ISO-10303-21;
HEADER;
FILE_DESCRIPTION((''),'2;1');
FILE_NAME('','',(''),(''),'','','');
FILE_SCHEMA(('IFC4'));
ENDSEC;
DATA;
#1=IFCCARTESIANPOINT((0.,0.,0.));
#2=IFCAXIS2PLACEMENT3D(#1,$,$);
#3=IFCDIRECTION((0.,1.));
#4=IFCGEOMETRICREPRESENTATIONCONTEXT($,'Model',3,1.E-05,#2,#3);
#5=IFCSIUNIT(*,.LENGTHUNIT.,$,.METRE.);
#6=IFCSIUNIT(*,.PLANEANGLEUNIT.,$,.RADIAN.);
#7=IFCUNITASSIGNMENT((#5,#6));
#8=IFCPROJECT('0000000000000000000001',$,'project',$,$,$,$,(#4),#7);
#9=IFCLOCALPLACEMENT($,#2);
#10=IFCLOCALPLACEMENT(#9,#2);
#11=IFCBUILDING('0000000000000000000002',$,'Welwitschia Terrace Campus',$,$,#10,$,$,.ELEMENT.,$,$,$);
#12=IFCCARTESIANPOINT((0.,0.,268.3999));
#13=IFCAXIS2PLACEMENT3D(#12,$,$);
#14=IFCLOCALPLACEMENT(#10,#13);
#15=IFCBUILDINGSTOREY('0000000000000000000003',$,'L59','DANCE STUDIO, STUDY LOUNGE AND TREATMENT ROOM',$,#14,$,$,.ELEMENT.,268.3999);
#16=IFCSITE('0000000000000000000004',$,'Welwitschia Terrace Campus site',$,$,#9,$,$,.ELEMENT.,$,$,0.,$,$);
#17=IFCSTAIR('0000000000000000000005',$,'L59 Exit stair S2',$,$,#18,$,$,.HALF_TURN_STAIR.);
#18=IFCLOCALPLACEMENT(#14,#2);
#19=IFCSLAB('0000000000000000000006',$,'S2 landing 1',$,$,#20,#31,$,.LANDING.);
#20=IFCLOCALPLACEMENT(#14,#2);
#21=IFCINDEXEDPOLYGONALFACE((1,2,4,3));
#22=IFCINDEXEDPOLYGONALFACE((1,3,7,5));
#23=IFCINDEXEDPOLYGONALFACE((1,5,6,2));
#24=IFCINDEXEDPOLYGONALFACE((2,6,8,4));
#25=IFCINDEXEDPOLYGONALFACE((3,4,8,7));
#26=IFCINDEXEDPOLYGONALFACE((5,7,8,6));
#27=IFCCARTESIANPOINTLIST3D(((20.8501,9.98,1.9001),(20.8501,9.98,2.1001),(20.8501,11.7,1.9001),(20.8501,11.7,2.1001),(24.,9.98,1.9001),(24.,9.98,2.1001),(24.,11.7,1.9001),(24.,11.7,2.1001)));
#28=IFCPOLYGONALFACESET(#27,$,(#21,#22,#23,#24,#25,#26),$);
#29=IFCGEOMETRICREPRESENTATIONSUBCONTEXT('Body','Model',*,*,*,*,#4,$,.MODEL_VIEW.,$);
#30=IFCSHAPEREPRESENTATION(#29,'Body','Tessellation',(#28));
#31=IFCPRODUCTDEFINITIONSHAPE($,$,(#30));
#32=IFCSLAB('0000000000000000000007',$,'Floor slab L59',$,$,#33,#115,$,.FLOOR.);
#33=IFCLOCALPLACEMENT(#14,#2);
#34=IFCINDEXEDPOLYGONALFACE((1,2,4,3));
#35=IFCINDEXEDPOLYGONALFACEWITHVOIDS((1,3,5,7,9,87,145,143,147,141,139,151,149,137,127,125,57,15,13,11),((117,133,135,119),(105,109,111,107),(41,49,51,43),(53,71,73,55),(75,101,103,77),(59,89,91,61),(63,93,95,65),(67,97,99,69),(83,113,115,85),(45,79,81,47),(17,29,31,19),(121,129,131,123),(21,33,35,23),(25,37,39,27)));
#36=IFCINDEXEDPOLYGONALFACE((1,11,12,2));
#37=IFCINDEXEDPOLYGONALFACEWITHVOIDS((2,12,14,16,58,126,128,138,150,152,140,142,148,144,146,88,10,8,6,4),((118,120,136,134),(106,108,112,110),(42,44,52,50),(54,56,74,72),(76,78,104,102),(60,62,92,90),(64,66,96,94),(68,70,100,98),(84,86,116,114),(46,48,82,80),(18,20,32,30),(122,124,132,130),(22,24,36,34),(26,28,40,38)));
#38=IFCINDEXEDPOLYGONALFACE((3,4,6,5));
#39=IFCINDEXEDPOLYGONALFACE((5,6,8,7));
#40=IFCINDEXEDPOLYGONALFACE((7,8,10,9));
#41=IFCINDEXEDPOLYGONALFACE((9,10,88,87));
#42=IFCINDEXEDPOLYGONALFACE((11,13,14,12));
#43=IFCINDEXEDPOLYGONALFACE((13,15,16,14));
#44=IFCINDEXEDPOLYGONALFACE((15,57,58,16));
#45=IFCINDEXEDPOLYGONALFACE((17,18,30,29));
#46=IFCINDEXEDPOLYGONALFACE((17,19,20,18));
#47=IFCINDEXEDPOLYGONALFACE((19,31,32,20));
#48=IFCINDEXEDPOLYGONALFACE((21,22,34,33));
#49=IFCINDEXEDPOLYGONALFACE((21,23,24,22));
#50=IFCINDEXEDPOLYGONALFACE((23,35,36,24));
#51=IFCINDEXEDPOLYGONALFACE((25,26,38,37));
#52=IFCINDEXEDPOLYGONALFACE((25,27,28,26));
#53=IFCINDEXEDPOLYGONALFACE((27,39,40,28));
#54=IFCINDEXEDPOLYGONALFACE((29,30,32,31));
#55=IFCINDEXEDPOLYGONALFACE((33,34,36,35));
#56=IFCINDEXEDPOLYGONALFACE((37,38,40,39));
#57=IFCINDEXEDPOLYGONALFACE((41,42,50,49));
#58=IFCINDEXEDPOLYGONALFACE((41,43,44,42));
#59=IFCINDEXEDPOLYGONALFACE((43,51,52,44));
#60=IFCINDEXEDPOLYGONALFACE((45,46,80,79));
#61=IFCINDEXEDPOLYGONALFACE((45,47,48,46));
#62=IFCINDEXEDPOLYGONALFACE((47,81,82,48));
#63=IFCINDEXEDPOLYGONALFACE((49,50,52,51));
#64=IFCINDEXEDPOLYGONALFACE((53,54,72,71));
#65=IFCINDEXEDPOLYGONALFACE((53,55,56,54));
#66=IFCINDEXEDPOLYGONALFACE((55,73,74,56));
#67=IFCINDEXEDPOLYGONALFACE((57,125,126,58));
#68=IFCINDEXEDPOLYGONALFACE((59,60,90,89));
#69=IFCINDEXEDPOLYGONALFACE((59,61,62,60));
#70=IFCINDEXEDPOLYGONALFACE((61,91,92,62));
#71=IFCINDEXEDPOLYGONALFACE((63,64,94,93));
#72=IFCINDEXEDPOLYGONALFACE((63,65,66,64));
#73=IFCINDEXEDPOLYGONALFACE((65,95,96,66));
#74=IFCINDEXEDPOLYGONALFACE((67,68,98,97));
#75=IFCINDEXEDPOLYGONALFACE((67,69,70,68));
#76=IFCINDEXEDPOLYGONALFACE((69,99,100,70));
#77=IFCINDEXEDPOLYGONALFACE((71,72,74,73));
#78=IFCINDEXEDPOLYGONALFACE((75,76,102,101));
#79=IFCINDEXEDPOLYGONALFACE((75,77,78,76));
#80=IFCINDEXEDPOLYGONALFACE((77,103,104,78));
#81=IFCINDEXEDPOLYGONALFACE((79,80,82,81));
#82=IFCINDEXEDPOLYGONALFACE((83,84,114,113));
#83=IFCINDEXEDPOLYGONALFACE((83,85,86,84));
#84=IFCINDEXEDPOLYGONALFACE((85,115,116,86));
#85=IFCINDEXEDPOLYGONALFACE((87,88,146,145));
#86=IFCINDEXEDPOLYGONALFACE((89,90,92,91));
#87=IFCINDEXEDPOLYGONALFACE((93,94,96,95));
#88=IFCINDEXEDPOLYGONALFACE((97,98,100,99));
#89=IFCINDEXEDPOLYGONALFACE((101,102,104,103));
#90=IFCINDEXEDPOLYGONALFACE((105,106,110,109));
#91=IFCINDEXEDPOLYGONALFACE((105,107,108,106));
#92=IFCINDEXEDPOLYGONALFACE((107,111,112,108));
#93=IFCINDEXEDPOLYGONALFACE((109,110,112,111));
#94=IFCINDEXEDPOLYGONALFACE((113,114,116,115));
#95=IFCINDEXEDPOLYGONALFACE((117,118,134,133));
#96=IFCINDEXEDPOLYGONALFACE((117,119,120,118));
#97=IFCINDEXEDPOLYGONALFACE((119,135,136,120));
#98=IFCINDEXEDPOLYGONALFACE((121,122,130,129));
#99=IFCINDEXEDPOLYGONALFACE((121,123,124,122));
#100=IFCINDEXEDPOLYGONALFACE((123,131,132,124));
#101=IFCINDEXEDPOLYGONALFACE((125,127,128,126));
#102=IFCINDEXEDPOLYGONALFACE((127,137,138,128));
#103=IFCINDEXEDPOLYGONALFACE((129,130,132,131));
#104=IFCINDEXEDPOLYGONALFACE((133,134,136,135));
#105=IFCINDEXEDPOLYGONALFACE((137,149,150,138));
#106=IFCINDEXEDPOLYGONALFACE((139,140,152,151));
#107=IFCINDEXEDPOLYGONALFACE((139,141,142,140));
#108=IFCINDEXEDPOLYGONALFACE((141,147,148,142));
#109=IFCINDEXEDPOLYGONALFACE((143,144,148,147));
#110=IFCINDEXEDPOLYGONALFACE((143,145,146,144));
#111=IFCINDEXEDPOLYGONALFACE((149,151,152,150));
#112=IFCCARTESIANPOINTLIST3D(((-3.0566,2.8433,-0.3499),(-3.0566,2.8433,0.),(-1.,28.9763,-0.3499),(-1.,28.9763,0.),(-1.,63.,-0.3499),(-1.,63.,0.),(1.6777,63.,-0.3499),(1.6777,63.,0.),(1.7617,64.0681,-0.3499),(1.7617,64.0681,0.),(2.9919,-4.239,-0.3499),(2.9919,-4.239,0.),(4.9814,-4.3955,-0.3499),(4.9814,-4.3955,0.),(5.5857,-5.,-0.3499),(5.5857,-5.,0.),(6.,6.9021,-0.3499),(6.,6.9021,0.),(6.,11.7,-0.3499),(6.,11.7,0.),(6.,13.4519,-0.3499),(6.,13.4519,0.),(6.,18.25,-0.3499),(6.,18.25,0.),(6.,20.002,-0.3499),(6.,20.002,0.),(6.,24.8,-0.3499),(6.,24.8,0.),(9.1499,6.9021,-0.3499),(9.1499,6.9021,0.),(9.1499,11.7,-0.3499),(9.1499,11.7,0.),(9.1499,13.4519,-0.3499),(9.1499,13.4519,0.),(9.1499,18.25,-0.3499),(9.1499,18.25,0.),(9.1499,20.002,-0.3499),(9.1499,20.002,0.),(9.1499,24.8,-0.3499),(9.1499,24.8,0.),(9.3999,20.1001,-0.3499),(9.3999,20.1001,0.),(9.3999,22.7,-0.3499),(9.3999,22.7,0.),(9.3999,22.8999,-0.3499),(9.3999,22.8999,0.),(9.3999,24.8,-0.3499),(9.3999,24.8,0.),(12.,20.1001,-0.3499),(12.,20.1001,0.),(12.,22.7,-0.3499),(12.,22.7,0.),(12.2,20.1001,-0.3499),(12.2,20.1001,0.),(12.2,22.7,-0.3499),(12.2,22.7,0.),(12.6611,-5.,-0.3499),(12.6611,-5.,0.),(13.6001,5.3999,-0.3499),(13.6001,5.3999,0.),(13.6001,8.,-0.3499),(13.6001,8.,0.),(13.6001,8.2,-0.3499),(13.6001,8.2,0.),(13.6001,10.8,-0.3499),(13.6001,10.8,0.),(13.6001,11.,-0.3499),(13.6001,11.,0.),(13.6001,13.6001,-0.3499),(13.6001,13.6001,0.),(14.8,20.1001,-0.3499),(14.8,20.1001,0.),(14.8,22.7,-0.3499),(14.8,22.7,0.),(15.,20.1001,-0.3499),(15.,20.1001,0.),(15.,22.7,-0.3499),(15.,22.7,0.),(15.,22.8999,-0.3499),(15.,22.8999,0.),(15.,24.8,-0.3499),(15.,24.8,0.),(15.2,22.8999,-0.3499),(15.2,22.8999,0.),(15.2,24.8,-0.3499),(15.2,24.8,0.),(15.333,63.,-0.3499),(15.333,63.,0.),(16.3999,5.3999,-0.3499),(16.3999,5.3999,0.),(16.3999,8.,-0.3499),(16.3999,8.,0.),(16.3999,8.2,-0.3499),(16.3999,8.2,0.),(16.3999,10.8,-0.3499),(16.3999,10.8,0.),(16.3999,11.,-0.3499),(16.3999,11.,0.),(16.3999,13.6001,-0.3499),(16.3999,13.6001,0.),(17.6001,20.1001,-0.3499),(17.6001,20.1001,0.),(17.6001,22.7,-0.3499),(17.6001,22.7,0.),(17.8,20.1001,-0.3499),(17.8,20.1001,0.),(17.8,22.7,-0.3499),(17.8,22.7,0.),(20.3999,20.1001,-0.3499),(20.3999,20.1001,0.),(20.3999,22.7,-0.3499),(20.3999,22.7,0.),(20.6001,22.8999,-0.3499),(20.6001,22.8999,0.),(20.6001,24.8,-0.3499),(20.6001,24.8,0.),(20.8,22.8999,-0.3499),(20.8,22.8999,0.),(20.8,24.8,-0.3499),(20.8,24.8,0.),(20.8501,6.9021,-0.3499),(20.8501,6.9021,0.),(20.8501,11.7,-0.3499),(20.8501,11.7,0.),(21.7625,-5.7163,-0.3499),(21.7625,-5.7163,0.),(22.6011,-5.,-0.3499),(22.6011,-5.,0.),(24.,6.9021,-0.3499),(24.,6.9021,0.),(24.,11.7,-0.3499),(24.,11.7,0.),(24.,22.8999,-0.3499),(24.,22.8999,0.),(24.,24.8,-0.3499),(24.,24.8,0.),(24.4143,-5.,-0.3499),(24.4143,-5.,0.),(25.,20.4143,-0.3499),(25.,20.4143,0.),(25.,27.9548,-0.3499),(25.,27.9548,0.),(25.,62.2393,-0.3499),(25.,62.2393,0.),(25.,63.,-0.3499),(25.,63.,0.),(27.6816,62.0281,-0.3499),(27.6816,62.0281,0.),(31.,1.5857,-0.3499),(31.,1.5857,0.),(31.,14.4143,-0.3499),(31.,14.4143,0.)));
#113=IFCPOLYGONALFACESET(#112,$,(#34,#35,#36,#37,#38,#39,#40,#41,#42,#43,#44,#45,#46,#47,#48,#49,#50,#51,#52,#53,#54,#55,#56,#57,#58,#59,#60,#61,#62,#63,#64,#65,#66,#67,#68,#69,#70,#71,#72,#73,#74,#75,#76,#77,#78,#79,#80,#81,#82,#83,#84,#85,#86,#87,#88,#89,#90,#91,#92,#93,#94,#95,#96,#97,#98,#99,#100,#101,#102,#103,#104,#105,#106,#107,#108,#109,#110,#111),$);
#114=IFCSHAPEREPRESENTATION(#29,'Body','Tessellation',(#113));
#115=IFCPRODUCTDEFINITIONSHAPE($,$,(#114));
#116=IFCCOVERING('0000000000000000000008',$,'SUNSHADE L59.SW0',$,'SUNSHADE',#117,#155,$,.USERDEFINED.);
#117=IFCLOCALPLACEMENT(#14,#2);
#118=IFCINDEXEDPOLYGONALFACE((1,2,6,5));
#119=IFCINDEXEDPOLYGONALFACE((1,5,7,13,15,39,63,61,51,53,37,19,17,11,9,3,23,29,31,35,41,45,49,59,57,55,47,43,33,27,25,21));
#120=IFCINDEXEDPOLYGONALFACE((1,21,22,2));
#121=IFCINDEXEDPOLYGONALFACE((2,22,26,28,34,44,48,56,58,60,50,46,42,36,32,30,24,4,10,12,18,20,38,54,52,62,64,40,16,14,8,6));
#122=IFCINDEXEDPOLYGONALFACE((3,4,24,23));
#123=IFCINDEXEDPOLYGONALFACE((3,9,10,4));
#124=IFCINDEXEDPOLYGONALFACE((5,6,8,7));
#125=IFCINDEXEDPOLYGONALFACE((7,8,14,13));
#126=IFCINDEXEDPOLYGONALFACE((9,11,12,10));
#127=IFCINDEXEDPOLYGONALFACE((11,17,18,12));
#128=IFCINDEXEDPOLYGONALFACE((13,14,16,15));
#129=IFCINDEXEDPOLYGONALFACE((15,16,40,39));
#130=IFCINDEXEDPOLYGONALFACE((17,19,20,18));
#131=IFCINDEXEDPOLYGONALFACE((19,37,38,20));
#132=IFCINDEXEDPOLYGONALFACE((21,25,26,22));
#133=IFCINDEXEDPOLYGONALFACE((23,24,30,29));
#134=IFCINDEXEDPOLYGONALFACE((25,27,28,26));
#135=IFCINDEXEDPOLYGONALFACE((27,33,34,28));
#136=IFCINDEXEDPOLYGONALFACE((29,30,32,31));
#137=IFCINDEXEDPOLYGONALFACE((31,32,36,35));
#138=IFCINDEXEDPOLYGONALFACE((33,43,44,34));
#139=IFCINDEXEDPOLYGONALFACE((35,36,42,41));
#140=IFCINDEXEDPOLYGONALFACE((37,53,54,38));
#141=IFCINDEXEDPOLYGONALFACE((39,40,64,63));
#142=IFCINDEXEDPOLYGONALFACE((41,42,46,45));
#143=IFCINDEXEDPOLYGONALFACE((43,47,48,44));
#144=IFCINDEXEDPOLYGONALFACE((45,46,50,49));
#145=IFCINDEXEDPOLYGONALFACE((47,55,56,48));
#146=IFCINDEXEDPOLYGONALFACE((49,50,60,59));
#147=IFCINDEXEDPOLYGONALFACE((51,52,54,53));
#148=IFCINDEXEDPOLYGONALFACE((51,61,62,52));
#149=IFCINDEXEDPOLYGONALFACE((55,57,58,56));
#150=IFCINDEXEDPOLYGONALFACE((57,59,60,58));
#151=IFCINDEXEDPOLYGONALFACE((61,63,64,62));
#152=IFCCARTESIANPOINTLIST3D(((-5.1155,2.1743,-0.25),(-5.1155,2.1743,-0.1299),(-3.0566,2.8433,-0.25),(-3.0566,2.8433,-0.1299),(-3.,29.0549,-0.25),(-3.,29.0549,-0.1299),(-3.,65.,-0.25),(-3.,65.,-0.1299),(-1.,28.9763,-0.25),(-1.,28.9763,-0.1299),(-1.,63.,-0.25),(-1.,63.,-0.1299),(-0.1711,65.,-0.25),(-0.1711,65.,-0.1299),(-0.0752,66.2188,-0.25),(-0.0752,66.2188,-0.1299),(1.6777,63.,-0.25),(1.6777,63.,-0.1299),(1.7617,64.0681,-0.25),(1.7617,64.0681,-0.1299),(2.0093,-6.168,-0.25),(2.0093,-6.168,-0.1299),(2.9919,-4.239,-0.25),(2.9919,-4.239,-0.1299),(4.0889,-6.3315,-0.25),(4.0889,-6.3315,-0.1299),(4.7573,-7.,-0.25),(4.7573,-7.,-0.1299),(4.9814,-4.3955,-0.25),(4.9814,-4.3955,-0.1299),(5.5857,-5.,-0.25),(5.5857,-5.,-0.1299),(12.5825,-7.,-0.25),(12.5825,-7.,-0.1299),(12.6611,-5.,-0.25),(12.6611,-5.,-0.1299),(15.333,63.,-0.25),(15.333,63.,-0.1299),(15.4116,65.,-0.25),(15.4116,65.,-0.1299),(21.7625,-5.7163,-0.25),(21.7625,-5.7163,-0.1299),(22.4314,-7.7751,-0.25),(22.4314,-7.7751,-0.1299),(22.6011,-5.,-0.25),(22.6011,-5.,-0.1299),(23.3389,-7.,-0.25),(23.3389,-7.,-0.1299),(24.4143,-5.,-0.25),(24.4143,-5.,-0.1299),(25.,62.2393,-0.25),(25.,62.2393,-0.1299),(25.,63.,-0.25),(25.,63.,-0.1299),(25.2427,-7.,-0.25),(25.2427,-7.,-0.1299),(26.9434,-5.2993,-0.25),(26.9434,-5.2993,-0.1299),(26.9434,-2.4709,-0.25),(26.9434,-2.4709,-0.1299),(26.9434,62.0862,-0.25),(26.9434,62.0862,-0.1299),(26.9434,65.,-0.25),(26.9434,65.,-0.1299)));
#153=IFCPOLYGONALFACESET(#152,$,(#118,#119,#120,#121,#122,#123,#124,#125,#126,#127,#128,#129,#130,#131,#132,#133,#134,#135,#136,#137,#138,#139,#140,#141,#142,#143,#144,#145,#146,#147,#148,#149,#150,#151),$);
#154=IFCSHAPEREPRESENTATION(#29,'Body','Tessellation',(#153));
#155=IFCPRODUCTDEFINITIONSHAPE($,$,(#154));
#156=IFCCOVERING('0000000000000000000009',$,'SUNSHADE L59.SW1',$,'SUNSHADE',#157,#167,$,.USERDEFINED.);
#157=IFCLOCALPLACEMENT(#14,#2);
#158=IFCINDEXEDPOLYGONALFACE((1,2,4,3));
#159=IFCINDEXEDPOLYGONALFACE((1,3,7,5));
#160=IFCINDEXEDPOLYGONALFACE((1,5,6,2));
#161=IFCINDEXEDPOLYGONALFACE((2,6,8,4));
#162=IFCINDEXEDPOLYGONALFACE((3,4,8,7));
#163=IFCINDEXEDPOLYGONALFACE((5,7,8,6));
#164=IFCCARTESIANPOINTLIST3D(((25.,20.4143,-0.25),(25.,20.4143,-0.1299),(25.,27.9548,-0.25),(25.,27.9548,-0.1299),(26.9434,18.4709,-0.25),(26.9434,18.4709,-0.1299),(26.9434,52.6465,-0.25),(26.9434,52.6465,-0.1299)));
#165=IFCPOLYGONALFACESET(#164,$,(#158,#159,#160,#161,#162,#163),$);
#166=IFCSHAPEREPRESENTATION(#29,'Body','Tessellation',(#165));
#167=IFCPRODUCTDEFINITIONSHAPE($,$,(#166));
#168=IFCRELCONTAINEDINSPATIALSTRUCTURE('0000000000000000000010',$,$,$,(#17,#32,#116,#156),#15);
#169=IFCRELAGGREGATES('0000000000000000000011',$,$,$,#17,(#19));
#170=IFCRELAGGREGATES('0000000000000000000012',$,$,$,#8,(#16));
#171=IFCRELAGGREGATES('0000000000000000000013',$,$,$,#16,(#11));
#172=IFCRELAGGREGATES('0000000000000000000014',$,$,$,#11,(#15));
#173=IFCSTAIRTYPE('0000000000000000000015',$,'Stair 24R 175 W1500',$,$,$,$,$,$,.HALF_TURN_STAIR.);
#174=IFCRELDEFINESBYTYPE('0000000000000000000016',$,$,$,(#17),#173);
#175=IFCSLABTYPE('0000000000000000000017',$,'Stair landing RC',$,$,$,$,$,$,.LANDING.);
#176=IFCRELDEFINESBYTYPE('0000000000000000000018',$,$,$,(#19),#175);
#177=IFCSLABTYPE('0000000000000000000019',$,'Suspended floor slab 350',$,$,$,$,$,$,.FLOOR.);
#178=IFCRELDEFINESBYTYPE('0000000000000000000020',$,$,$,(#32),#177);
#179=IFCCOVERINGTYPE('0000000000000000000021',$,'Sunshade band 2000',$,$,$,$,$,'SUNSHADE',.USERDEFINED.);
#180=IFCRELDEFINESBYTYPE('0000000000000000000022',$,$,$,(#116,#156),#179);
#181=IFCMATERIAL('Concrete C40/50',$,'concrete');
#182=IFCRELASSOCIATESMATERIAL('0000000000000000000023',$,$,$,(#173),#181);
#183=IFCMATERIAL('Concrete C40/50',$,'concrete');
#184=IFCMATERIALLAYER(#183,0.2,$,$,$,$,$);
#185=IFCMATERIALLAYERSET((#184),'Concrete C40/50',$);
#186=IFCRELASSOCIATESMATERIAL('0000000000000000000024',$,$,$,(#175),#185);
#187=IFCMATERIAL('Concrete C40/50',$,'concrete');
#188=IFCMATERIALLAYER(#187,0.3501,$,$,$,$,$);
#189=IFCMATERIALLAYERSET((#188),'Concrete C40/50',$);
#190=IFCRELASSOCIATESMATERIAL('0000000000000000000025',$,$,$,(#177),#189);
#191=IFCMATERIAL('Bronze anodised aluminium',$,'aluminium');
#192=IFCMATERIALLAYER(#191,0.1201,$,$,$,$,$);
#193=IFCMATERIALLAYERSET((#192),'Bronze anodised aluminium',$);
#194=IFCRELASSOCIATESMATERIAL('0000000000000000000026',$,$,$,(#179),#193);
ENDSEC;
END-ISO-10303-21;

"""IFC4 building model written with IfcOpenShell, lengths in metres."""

from ifc_helpers import new_model, si_unit, direction, frame, origin, place, context, subcontext, project, spatial, polyline, outline, extrude, material, layer, layer_set, type_object, element, aggregate, save


model = new_model("IFC4")

# Units and contexts
model_context = context("Model", 3, precision=1e-05, world=origin(), true_north=direction((0.0, 1.0)))
body_context = subcontext(model_context, "Body", "Model", "MODEL_VIEW")
ifc_project = project(units=[si_unit("LENGTHUNIT", "METRE"), si_unit("PLANEANGLEUNIT", "RADIAN")], contexts=[model_context])

# Site, building, storey
site_placement = place(None, origin())
site = spatial("IfcSite", under=ifc_project, at=site_placement, Name="Welwitschia Terrace Campus site", CompositionType="ELEMENT", RefElevation=0.0)
building_placement = place(site_placement, origin())
building = spatial("IfcBuilding", under=site, at=building_placement, Name="Welwitschia Terrace Campus", CompositionType="ELEMENT")
storey_placement = place(building_placement, frame((0.0, 0.0, 268.3999)))
storey = spatial("IfcBuildingStorey", under=building, at=storey_placement, Name="L59", Description="DANCE STUDIO, STUDY LOUNGE AND TREATMENT ROOM", CompositionType="ELEMENT", Elevation=268.3999)

# Stair, slab
ifc_material_1 = material(Name="Concrete C40/50", Category="concrete")
stair_type = type_object("IfcStairType", Name="Stair 24R 175 W1500", PredefinedType="HALF_TURN_STAIR", material=ifc_material_1)
ifc_material_2 = material(Name="Concrete C40/50", Category="concrete")
ifc_layer_1 = layer(ifc_material_2, 0.2)
ifc_layer_set_1 = layer_set([ifc_layer_1], Name="Concrete C40/50")
slab_type_1 = type_object("IfcSlabType", Name="Stair landing RC", PredefinedType="LANDING", material=ifc_layer_set_1)
stair_1_placement = place(storey_placement, origin())
stair_1 = element("IfcStair", 1, at=stair_1_placement, inside=storey, type_object=stair_type, Name="L59 Exit stair S2", PredefinedType="HALF_TURN_STAIR")
slab_1_placement = place(storey_placement, frame((0.0, 0.0, 1.9001)))
slab_1 = element("IfcSlab", 2, at=slab_1_placement, type_object=slab_type_1, Name="S2 landing 1", PredefinedType="LANDING", context=body_context, shape_type="SweptSolid", body=[
    extrude(outline(polyline([(24.0, 9.98), (24.0, 11.7), (20.8501, 11.7), (20.8501, 9.98), (24.0, 9.98)])), origin(), (0.0, 0.0, 1.0), 0.2),
])
aggregate(stair_1, [slab_1])

# Slab
ifc_material_3 = material(Name="Concrete C40/50", Category="concrete")
ifc_layer_2 = layer(ifc_material_3, 0.3501)
ifc_layer_set_2 = layer_set([ifc_layer_2], Name="Concrete C40/50")
slab_type_2 = type_object("IfcSlabType", Name="Suspended floor slab 350", PredefinedType="FLOOR", material=ifc_layer_set_2)
slab_2_placement = place(storey_placement, frame((0.0, 0.0, -0.3499)))
element("IfcSlab", 3, at=slab_2_placement, inside=storey, type_object=slab_type_2, Name="Floor slab L59", PredefinedType="FLOOR", context=body_context, shape_type="SweptSolid", body=[
    extrude(outline(polyline([(1.6777, 63.0), (1.7617, 64.0681), (15.333, 63.0), (25.0, 63.0), (25.0, 62.2393), (27.6816, 62.0281), (25.0, 27.9548), (25.0, 20.4143), (31.0, 14.4143), (31.0, 1.5857), (24.4143, -5.0), (22.6011, -5.0), (21.7625, -5.7163), (12.6611, -5.0), (5.5857, -5.0), (4.9814, -4.3955), (2.9919, -4.239), (-3.0566, 2.8433), (-1.0, 28.9763), (-1.0, 63.0), (1.6777, 63.0)]), holes=[polyline([(13.6001, 8.0), (13.6001, 5.3999), (16.3999, 5.3999), (16.3999, 8.0), (13.6001, 8.0)]), polyline([(9.1499, 11.7), (6.0, 11.7), (6.0, 6.9021), (9.1499, 6.9021), (9.1499, 11.7)]), polyline([(9.1499, 18.25), (6.0, 18.25), (6.0, 13.4519), (9.1499, 13.4519), (9.1499, 18.25)]), polyline([(12.0, 22.7), (9.3999, 22.7), (9.3999, 20.1001), (12.0, 20.1001), (12.0, 22.7)]), polyline([(14.8, 22.7), (12.2, 22.7), (12.2, 20.1001), (14.8, 20.1001), (14.8, 22.7)]), polyline([(9.1499, 24.8), (6.0, 24.8), (6.0, 20.002), (9.1499, 20.002), (9.1499, 24.8)]), polyline([(15.0, 24.8), (9.3999, 24.8), (9.3999, 22.8999), (15.0, 22.8999), (15.0, 24.8)]), polyline([(20.8501, 11.7), (20.8501, 6.9021), (24.0, 6.9021), (24.0, 11.7), (20.8501, 11.7)]), polyline([(16.3999, 10.8), (13.6001, 10.8), (13.6001, 8.2), (16.3999, 8.2), (16.3999, 10.8)]), polyline([(16.3999, 13.6001), (13.6001, 13.6001), (13.6001, 11.0), (16.3999, 11.0), (16.3999, 13.6001)]), polyline([(17.6001, 22.7), (15.0, 22.7), (15.0, 20.1001), (17.6001, 20.1001), (17.6001, 22.7)]), polyline([(20.3999, 22.7), (17.8, 22.7), (17.8, 20.1001), (20.3999, 20.1001), (20.3999, 22.7)]), polyline([(20.6001, 24.8), (15.2, 24.8), (15.2, 22.8999), (20.6001, 22.8999), (20.6001, 24.8)]), polyline([(24.0, 24.8), (20.8, 24.8), (20.8, 22.8999), (24.0, 22.8999), (24.0, 24.8)])]), origin(), (0.0, 0.0, 1.0), 0.3499),
])

# Coverings
ifc_material_4 = material(Name="Bronze anodised aluminium", Category="aluminium")
ifc_layer_3 = layer(ifc_material_4, 0.1201)
ifc_layer_set_3 = layer_set([ifc_layer_3], Name="Bronze anodised aluminium")
covering_type_1 = type_object("IfcCoveringType", Name="Sunshade band 2000", ElementType="SUNSHADE", PredefinedType="USERDEFINED", material=ifc_layer_set_3)
covering_1_placement = place(storey_placement, frame((0.0, 0.0, -0.25)))
element("IfcCovering", 4, at=covering_1_placement, inside=storey, type_object=covering_type_1, Name="SUNSHADE L59.SW0", ObjectType="SUNSHADE", PredefinedType="USERDEFINED", context=body_context, shape_type="SweptSolid", body=[
    extrude(outline(polyline([(-0.0752, 66.2188), (15.4116, 65.0), (26.9434, 65.0), (26.9434, 62.0862), (25.0, 62.2393), (25.0, 63.0), (15.333, 63.0), (1.7617, 64.0681), (1.6777, 63.0), (-1.0, 63.0), (-1.0, 28.9763), (-3.0566, 2.8433), (2.9919, -4.239), (4.9814, -4.3955), (5.5857, -5.0), (12.6611, -5.0), (21.7625, -5.7163), (22.6011, -5.0), (24.4143, -5.0), (26.9434, -2.4709), (26.9434, -5.2993), (25.2427, -7.0), (23.3389, -7.0), (22.4314, -7.7751), (12.5825, -7.0), (4.7573, -7.0), (4.0889, -6.3315), (2.0093, -6.168), (-5.1155, 2.1743), (-3.0, 29.0549), (-3.0, 65.0), (-0.1711, 65.0), (-0.0752, 66.2188)])), origin(), (0.0, 0.0, 1.0), 0.1201),
])
covering_2_placement = place(storey_placement, frame((0.0, 0.0, -0.25)))
element("IfcCovering", 5, at=covering_2_placement, inside=storey, type_object=covering_type_1, Name="SUNSHADE L59.SW1", ObjectType="SUNSHADE", PredefinedType="USERDEFINED", context=body_context, shape_type="SweptSolid", body=[
    extrude(outline(polyline([(25.0, 20.4143), (25.0, 27.9548), (26.9434, 52.6465), (26.9434, 18.4709), (25.0, 20.4143)])), origin(), (0.0, 0.0, 1.0), 0.1201),
])

save(model, "model.ifc")
